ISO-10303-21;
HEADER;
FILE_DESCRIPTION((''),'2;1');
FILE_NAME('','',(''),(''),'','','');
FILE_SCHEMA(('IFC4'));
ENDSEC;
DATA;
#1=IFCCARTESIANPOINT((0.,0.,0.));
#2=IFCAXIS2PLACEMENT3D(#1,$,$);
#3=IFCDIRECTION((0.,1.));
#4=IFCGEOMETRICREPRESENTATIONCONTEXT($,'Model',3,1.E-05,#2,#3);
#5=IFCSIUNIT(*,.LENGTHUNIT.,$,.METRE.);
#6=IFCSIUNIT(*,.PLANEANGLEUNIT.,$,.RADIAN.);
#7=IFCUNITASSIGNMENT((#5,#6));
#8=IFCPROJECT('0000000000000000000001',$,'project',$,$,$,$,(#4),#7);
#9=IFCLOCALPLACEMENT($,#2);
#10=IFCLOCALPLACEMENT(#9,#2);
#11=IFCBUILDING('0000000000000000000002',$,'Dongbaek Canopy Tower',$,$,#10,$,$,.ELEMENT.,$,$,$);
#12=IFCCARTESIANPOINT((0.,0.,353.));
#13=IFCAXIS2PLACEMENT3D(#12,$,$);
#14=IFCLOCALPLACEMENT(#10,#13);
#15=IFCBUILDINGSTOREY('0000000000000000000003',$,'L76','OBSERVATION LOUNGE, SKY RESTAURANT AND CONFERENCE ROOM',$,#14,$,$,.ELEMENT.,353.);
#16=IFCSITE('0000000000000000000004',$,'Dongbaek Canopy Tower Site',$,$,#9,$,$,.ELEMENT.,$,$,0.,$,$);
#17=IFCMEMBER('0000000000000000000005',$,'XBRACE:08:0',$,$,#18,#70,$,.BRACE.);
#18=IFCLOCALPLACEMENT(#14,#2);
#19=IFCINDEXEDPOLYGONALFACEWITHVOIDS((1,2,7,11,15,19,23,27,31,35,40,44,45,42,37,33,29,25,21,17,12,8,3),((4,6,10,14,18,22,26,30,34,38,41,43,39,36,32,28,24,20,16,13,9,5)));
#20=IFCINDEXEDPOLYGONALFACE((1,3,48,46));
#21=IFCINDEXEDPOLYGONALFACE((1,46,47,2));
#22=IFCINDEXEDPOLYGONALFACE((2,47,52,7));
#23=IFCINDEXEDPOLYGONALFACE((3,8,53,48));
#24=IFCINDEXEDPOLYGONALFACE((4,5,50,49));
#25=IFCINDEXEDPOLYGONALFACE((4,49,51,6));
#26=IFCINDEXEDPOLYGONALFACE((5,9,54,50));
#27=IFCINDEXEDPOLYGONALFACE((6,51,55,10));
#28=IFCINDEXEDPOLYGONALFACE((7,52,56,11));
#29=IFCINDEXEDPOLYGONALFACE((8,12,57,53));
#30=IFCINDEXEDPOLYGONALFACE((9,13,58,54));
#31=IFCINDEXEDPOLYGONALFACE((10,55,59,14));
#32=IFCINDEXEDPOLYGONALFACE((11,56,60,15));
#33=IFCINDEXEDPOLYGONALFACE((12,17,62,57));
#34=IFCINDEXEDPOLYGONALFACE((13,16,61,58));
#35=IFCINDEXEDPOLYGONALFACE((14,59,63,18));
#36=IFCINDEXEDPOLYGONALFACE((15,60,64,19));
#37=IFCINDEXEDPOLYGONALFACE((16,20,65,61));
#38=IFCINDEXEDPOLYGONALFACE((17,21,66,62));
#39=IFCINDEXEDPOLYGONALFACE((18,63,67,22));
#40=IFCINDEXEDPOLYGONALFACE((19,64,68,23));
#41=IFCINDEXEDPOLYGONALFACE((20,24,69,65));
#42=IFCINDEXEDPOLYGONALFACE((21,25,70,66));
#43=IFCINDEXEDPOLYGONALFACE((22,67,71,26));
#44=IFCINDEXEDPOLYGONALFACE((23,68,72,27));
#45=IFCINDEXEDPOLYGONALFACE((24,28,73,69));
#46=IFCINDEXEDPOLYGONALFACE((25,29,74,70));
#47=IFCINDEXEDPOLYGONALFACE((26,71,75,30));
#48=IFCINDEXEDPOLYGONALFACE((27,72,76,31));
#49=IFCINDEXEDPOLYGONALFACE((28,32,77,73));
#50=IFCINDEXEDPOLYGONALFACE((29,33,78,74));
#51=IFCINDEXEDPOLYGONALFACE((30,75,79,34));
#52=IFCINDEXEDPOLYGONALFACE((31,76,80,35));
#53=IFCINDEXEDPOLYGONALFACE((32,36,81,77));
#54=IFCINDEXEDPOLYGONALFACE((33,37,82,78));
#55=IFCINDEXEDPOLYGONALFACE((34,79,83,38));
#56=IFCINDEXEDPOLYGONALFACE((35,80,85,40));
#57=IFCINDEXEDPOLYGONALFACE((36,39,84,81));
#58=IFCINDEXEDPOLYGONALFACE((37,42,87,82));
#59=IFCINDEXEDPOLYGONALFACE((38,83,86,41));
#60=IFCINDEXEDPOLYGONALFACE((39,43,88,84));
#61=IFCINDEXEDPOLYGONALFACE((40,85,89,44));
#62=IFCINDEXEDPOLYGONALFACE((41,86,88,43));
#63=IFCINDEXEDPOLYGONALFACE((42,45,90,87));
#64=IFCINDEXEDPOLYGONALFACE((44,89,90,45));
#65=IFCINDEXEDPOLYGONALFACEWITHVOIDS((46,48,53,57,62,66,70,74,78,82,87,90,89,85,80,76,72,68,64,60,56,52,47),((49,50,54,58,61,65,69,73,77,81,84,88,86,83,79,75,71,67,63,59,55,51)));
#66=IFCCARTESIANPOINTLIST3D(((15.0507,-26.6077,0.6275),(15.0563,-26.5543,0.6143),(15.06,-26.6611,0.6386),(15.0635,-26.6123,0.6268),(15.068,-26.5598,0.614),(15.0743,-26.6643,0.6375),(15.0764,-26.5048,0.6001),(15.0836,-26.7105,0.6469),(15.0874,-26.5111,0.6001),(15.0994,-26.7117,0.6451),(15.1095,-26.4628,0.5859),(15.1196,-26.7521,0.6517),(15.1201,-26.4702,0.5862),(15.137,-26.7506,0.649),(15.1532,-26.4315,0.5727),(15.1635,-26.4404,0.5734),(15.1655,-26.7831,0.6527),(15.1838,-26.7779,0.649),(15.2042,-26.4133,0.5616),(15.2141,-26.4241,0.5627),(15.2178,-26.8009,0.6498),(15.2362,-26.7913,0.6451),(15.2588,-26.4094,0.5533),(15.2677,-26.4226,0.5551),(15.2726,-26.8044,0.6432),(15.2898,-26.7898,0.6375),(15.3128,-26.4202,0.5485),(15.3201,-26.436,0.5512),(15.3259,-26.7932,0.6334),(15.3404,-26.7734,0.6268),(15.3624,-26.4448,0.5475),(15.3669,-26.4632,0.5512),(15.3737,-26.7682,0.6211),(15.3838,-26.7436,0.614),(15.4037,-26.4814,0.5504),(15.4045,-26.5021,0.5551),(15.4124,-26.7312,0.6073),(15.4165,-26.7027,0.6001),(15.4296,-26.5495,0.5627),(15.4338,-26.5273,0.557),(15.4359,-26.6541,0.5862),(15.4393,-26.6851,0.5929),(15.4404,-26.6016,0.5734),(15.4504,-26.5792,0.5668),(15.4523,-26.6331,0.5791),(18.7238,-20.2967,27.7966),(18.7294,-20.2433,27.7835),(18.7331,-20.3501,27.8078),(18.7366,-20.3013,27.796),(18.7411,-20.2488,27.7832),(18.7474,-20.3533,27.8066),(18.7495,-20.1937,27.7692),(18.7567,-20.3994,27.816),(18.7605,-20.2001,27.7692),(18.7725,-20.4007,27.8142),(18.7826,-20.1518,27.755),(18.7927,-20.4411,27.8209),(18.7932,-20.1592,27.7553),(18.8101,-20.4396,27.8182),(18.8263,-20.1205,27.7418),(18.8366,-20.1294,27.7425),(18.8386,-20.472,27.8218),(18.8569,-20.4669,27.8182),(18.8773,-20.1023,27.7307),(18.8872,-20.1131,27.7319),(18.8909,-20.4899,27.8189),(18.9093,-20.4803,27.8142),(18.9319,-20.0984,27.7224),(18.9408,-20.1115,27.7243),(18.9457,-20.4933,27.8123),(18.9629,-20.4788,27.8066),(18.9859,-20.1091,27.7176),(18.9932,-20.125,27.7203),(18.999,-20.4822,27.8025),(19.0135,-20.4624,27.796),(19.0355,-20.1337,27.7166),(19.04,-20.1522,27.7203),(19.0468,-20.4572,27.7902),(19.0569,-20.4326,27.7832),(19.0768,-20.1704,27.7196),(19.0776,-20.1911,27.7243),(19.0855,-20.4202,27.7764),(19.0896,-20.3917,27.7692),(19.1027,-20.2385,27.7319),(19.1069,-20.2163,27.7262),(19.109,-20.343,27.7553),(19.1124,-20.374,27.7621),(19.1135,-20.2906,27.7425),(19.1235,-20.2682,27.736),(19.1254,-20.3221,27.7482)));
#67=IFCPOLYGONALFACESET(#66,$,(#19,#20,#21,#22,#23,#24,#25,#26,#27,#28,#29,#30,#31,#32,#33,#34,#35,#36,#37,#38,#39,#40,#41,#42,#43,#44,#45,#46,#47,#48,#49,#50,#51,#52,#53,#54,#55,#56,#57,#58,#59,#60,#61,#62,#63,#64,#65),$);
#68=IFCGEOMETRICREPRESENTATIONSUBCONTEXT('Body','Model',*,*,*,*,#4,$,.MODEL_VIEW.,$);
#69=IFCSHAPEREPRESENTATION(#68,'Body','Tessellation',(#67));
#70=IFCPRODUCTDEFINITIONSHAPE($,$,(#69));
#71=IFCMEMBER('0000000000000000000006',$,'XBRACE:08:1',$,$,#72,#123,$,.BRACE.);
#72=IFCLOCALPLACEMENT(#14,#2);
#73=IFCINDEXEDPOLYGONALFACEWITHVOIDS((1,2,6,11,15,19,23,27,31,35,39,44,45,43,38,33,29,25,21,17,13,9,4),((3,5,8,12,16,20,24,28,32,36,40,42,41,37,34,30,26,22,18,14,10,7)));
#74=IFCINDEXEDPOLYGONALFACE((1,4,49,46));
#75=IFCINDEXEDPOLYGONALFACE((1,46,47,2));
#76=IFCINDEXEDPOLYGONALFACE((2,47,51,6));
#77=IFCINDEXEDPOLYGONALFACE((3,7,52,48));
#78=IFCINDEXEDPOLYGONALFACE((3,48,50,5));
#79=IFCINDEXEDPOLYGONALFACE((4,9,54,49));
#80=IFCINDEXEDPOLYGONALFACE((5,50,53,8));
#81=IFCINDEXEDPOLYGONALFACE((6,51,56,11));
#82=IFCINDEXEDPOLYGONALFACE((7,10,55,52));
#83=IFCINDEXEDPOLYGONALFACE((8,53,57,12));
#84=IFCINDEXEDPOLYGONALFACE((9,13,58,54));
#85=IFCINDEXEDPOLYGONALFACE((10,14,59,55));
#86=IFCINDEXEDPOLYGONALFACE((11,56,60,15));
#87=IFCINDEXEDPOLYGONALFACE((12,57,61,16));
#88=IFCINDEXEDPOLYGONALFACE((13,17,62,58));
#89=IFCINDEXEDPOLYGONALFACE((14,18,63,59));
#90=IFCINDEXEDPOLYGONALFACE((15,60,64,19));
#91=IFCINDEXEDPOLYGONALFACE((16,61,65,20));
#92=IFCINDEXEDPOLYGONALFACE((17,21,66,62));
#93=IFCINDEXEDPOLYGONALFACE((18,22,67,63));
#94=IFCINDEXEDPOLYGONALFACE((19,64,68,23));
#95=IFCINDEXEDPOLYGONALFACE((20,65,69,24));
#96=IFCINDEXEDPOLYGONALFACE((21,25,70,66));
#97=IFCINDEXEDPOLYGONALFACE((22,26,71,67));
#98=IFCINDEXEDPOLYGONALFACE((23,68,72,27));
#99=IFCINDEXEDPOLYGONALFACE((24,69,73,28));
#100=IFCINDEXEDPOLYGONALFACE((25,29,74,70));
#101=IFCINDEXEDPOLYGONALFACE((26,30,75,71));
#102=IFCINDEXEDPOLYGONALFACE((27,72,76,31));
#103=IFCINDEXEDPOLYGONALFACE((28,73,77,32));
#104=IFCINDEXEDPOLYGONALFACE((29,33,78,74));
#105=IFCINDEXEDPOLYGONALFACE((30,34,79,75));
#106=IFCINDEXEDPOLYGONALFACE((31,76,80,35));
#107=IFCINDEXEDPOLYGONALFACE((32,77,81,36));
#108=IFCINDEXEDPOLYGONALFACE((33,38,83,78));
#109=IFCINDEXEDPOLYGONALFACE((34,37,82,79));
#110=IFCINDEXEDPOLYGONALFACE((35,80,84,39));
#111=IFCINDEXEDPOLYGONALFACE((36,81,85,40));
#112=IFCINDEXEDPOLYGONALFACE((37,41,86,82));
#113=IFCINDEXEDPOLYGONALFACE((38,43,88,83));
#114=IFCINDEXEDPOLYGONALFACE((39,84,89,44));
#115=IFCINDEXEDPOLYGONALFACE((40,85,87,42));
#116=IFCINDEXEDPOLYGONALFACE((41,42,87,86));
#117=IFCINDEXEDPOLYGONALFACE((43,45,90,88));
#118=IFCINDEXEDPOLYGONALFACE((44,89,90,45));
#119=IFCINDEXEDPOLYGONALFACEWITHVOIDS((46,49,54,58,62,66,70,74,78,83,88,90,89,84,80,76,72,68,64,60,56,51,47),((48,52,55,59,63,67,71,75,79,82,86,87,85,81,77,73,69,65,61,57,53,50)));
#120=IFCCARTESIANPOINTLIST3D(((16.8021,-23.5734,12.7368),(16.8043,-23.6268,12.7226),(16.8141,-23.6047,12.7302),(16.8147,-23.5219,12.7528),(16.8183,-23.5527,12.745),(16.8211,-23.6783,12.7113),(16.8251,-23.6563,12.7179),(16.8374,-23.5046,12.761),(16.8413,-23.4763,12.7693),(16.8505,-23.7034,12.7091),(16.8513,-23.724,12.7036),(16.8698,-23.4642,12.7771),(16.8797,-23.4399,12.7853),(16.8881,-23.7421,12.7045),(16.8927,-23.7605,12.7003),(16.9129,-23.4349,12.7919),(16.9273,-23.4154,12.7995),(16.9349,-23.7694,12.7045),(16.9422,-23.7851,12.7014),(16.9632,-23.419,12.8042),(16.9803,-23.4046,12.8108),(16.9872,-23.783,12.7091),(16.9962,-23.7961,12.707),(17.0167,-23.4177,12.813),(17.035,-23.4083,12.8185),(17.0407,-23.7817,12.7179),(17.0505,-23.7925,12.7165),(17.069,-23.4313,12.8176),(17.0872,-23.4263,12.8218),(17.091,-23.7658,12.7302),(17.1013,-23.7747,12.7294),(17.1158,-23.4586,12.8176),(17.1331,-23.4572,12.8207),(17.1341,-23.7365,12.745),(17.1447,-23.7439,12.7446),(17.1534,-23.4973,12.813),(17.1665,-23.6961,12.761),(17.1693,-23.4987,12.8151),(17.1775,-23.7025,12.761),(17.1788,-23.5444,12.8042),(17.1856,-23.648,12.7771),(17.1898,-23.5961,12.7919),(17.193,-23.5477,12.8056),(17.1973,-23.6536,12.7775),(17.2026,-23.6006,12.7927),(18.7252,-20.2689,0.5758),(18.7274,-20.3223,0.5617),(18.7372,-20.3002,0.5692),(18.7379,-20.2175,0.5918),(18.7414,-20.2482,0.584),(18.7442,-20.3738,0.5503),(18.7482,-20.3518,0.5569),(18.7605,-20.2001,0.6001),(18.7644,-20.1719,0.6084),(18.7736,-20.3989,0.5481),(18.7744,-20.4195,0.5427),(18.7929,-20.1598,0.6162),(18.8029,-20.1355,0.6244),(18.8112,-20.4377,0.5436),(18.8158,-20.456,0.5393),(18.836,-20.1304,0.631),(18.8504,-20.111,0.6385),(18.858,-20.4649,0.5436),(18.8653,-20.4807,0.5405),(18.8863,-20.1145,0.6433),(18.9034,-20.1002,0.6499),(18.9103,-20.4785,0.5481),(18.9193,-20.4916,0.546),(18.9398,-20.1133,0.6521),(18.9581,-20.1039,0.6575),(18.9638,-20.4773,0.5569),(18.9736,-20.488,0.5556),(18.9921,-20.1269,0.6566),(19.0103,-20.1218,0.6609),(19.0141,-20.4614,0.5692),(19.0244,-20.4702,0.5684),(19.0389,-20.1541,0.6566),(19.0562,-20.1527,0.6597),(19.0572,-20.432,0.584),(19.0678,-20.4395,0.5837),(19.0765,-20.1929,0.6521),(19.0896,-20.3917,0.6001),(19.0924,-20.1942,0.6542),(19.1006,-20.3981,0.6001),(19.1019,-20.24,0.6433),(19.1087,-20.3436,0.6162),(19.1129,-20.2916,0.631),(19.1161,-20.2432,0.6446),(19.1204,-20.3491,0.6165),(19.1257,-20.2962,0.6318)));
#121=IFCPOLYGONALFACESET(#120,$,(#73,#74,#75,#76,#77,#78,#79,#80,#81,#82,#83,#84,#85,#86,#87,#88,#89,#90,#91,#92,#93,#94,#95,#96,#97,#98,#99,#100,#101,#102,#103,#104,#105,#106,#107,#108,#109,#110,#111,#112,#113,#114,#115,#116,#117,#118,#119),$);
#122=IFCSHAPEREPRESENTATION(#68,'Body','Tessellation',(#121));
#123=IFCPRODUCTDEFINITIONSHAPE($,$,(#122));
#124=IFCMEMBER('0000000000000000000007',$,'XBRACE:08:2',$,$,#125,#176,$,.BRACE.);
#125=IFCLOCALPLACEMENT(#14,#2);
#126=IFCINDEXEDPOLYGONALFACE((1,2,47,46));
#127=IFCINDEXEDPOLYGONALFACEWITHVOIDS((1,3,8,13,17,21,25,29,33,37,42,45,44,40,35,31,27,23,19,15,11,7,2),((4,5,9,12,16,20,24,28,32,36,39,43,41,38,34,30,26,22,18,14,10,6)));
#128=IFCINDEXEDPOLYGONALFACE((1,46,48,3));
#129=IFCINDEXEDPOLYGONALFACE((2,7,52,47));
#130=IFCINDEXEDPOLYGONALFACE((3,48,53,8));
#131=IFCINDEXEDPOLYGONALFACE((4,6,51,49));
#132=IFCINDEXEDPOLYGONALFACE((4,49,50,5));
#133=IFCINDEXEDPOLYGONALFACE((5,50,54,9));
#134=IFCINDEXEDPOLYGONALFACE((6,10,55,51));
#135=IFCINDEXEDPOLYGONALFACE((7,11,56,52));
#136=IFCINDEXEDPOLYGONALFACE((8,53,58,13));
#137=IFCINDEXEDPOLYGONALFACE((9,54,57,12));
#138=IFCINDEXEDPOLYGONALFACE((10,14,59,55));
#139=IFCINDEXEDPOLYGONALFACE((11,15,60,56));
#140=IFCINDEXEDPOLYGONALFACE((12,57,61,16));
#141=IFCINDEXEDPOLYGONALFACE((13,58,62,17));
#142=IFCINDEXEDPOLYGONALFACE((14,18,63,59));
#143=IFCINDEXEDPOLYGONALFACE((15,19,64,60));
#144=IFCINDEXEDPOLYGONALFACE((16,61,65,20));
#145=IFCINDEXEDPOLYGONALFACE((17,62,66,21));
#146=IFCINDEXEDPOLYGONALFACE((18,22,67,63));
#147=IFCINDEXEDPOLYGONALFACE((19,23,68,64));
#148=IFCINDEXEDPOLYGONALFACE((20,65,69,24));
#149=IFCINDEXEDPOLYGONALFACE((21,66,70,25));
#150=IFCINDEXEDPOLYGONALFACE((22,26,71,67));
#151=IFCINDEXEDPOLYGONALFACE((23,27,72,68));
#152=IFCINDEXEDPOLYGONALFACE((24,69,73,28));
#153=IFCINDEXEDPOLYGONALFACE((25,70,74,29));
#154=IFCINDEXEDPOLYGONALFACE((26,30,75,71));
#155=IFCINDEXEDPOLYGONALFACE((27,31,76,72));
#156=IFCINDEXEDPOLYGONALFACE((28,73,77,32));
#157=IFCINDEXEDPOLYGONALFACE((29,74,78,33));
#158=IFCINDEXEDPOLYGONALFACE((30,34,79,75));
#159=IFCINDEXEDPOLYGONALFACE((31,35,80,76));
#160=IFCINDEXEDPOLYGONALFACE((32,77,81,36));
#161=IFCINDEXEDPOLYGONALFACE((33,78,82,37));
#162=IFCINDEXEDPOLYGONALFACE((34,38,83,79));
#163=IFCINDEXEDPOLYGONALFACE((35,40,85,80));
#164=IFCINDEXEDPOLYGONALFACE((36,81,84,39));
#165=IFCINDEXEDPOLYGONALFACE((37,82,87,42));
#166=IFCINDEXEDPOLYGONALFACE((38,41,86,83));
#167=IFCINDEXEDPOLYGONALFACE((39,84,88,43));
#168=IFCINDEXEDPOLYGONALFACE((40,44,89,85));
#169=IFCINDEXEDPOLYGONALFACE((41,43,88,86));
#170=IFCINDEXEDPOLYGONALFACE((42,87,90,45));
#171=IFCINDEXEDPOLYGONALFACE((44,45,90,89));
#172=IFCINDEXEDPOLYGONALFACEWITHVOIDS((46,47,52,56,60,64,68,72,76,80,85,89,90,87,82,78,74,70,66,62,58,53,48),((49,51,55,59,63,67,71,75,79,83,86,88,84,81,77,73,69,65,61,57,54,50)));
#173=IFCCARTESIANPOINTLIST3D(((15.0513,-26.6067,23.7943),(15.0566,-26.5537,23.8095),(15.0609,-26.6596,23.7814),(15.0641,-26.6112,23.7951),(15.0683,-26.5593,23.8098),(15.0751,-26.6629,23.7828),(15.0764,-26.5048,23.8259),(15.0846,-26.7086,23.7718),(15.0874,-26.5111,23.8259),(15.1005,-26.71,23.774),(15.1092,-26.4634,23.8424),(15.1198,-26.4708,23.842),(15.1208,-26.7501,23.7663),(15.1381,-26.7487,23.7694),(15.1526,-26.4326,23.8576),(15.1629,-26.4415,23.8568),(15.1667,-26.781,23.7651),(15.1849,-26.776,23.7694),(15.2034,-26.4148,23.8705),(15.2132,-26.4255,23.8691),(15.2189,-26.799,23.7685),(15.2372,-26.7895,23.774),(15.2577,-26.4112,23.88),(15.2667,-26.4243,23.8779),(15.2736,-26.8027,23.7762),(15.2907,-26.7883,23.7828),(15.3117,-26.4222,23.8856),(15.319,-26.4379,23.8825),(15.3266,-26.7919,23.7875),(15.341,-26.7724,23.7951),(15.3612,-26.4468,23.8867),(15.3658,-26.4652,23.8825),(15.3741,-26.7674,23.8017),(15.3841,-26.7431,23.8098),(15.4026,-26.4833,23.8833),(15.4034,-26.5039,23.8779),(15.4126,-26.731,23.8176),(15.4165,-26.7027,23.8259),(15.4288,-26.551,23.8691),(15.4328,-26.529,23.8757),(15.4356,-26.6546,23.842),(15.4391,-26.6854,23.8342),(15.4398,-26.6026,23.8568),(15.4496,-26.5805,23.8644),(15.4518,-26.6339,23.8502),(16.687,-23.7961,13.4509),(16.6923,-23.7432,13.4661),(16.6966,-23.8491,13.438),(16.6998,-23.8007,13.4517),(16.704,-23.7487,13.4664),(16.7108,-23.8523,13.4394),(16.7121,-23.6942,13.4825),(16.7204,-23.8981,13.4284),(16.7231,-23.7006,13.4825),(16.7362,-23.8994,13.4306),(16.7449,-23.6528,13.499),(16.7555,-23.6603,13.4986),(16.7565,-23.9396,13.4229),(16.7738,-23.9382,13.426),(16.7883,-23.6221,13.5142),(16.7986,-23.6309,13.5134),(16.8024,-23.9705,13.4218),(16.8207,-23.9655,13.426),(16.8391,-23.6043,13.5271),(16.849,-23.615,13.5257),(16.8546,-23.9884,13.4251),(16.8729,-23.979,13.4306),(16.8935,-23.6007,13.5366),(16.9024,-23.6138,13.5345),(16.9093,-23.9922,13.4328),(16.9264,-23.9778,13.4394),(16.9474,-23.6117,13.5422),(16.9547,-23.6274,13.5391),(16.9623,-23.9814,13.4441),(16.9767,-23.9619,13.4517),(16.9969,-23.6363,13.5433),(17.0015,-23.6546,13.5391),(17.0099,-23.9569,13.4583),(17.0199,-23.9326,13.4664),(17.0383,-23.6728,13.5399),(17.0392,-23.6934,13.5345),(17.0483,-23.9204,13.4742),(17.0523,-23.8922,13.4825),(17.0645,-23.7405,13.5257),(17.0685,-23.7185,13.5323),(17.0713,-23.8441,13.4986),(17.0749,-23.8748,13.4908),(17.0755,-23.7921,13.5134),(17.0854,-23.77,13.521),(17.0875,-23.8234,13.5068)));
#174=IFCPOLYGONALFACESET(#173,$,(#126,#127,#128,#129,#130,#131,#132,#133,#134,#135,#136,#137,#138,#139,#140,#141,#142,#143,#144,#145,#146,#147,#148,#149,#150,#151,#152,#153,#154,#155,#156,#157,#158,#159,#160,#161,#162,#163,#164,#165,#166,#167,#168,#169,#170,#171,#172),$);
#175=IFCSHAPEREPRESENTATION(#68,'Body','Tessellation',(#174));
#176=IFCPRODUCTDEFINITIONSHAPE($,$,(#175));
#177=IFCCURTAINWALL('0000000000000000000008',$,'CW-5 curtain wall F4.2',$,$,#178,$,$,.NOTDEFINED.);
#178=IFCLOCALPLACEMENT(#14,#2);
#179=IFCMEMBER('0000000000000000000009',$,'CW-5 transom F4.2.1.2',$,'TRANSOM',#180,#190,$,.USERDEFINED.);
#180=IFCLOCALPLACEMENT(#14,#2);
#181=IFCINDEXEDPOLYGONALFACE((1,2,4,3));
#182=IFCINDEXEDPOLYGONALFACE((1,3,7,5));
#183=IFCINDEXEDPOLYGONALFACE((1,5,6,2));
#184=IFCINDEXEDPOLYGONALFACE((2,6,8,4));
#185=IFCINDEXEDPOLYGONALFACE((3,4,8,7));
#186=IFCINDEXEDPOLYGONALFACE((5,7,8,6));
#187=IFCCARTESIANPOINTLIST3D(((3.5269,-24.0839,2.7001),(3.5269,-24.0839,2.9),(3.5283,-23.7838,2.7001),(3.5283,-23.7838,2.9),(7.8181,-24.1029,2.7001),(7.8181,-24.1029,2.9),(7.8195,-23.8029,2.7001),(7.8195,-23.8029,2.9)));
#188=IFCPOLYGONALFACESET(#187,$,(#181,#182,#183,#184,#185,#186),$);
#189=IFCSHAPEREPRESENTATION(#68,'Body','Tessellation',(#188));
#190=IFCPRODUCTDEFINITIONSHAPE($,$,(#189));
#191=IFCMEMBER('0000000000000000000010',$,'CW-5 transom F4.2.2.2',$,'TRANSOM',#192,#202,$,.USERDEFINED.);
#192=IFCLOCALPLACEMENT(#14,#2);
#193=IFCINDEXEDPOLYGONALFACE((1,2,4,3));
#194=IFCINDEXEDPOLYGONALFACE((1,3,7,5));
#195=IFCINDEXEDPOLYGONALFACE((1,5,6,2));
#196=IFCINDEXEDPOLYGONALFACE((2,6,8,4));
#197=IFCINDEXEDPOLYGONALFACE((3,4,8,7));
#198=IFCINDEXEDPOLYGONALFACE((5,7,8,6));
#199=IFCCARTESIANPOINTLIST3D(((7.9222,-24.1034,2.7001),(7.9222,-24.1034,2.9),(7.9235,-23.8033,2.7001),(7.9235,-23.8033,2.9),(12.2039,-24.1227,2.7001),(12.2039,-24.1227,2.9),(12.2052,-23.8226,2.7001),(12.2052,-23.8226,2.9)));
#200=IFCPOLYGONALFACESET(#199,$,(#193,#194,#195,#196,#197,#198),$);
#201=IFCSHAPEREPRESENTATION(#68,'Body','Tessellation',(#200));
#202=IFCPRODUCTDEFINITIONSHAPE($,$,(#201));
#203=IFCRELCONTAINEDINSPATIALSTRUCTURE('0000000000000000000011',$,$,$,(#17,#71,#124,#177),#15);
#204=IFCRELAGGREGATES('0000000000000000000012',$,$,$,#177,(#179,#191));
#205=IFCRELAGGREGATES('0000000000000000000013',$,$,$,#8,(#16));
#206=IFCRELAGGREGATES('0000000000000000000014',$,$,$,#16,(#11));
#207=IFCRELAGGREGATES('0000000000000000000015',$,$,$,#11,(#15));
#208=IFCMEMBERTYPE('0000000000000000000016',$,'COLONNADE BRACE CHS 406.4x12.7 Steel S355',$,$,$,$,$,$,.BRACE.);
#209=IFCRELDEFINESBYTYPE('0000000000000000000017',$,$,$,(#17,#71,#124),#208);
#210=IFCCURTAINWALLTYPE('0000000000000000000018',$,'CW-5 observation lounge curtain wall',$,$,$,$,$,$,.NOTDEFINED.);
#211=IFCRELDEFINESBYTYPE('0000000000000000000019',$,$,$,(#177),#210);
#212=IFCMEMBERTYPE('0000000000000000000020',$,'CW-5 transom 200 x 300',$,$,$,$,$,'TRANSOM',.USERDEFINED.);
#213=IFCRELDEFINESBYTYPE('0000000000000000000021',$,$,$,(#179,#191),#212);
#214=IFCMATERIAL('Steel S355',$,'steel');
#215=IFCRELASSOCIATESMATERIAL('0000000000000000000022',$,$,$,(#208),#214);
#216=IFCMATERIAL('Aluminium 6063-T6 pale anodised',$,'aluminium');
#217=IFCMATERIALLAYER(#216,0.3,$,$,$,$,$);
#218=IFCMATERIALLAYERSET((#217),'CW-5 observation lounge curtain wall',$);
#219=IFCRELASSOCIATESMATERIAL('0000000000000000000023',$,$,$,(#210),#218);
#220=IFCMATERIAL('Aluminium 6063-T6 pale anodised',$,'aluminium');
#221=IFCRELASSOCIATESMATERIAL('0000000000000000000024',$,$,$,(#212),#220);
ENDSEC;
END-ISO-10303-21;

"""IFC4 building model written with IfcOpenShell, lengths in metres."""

from ifc_helpers import new_model, si_unit, direction, frame, origin, origin_2d, place, context, subcontext, project, spatial, rectangle, hollow_circle, extrude, material, layer, layer_set, material_profile, profile_set, type_object, element, aggregate, save


model = new_model("IFC4")

# Units and contexts
model_context = context("Model", 3, precision=1e-05, world=origin(), true_north=direction((0.0, 1.0)))
body_context = subcontext(model_context, "Body", "Model", "MODEL_VIEW")
ifc_project = project(units=[si_unit("LENGTHUNIT", "METRE"), si_unit("PLANEANGLEUNIT", "RADIAN")], contexts=[model_context])

# Site, building, storey
site_placement = place(None, origin())
site = spatial("IfcSite", under=ifc_project, at=site_placement, Name="Dongbaek Canopy Tower Site", CompositionType="ELEMENT", RefElevation=0.0)
building_placement = place(site_placement, origin())
building = spatial("IfcBuilding", under=site, at=building_placement, Name="Dongbaek Canopy Tower", CompositionType="ELEMENT")
storey_placement = place(building_placement, frame((0.0, 0.0, 353.0)))
storey = spatial("IfcBuildingStorey", under=building, at=storey_placement, Name="L76", Description="OBSERVATION LOUNGE, SKY RESTAURANT AND CONFERENCE ROOM", CompositionType="ELEMENT", Elevation=353.0)

# Members
ifc_material_1 = material(Name="Steel S355", Category="steel")
ifc_material_profile_1 = material_profile(ifc_material_1, hollow_circle(Radius=0.2031, WallThickness=0.0127, at=origin_2d()), Name="COLONNADE BRACE CHS 406.4x12.7 Steel S355")
ifc_profile_set_1 = profile_set([ifc_material_profile_1], Name="Steel S355")
member_type_1 = type_object("IfcMemberType", Name="COLONNADE BRACE CHS 406.4x12.7 Steel S355", PredefinedType="BRACE", material=ifc_profile_set_1)
member_1_placement = place(storey_placement, frame((15.252, -26.6069, 0.6001), z_axis=(0.13056, 0.224326, 0.965729), x_axis=(-0.864276, 0.503018, 0.0)))
element("IfcMember", 1, at=member_1_placement, inside=storey, type_object=member_type_1, Name="XBRACE:08:0", PredefinedType="BRACE", context=body_context, shape_type="SweptSolid", body=[
    extrude(hollow_circle(Radius=0.2031, WallThickness=0.0127, at=origin_2d()), origin(), (0.0, 0.0, 1.0), 28.1333),
])
member_2_placement = place(storey_placement, frame((18.925, -20.2959, 0.6001), z_axis=(-0.150858, -0.259218, 0.953964), x_axis=(0.86429, -0.502993, 0.0)))
element("IfcMember", 2, at=member_2_placement, inside=storey, type_object=member_type_1, Name="XBRACE:08:1", PredefinedType="BRACE", context=body_context, shape_type="SweptSolid", body=[
    extrude(hollow_circle(Radius=0.2031, WallThickness=0.0127, at=origin_2d()), origin(), (0.0, 0.0, 1.0), 12.7478),
])
member_3_placement = place(storey_placement, frame((15.252, -26.6069, 23.8259), z_axis=(0.150862, 0.259212, -0.953965), x_axis=(-0.86428, 0.503012, 0.0)))
element("IfcMember", 3, at=member_3_placement, inside=storey, type_object=member_type_1, Name="XBRACE:08:2", PredefinedType="BRACE", context=body_context, shape_type="SweptSolid", body=[
    extrude(hollow_circle(Radius=0.2031, WallThickness=0.0127, at=origin_2d()), origin(), (0.0, 0.0, 1.0), 10.8425),
])

# Curtain wall, members
ifc_material_2 = material(Name="Aluminium 6063-T6 pale anodised", Category="aluminium")
ifc_layer_1 = layer(ifc_material_2, 0.3)
ifc_layer_set_1 = layer_set([ifc_layer_1], Name="CW-5 observation lounge curtain wall")
curtain_wall_type = type_object("IfcCurtainWallType", Name="CW-5 observation lounge curtain wall", PredefinedType="NOTDEFINED", material=ifc_layer_set_1)
curtain_wall_1_placement = place(storey_placement, origin())
curtain_wall_1 = element("IfcCurtainWall", 4, at=curtain_wall_1_placement, inside=storey, type_object=curtain_wall_type, Name="CW-5 curtain wall F4.2", PredefinedType="NOTDEFINED")
ifc_material_3 = material(Name="Aluminium 6063-T6 pale anodised", Category="aluminium")
ifc_material_profile_2 = material_profile(ifc_material_3, rectangle(XDim=0.3, YDim=0.2, at=origin_2d()), Name="CW-5 transom 200 x 300")
ifc_profile_set_2 = profile_set([ifc_material_profile_2], Name="Aluminium 6063-T6 pale anodised")
member_type_2 = type_object("IfcMemberType", Name="CW-5 transom 200 x 300", ElementType="TRANSOM", PredefinedType="USERDEFINED", material=ifc_profile_set_2)
member_4_placement = place(storey_placement, frame((3.5276, -23.9338, 2.8), z_axis=(0.99999, -0.004438, 0.0), x_axis=(0.004438, 0.99999, 0.0)))
member_4 = element("IfcMember", 5, at=member_4_placement, type_object=member_type_2, Name="CW-5 transom F4.2.1.2", ObjectType="TRANSOM", PredefinedType="USERDEFINED", context=body_context, shape_type="SweptSolid", body=[
    extrude(rectangle(XDim=0.3, YDim=0.2, at=origin_2d()), origin(), (0.0, 0.0, 1.0), 4.2913),
])
member_5_placement = place(storey_placement, frame((7.9229, -23.9534, 2.8), z_axis=(0.99999, -0.004504, 0.0), x_axis=(0.004504, 0.99999, 0.0)))
member_5 = element("IfcMember", 6, at=member_5_placement, type_object=member_type_2, Name="CW-5 transom F4.2.2.2", ObjectType="TRANSOM", PredefinedType="USERDEFINED", context=body_context, shape_type="SweptSolid", body=[
    extrude(rectangle(XDim=0.3, YDim=0.2, at=origin_2d()), origin(), (0.0, 0.0, 1.0), 4.2817),
])

aggregate(curtain_wall_1, [member_4, member_5])

save(model, "model.ifc")
